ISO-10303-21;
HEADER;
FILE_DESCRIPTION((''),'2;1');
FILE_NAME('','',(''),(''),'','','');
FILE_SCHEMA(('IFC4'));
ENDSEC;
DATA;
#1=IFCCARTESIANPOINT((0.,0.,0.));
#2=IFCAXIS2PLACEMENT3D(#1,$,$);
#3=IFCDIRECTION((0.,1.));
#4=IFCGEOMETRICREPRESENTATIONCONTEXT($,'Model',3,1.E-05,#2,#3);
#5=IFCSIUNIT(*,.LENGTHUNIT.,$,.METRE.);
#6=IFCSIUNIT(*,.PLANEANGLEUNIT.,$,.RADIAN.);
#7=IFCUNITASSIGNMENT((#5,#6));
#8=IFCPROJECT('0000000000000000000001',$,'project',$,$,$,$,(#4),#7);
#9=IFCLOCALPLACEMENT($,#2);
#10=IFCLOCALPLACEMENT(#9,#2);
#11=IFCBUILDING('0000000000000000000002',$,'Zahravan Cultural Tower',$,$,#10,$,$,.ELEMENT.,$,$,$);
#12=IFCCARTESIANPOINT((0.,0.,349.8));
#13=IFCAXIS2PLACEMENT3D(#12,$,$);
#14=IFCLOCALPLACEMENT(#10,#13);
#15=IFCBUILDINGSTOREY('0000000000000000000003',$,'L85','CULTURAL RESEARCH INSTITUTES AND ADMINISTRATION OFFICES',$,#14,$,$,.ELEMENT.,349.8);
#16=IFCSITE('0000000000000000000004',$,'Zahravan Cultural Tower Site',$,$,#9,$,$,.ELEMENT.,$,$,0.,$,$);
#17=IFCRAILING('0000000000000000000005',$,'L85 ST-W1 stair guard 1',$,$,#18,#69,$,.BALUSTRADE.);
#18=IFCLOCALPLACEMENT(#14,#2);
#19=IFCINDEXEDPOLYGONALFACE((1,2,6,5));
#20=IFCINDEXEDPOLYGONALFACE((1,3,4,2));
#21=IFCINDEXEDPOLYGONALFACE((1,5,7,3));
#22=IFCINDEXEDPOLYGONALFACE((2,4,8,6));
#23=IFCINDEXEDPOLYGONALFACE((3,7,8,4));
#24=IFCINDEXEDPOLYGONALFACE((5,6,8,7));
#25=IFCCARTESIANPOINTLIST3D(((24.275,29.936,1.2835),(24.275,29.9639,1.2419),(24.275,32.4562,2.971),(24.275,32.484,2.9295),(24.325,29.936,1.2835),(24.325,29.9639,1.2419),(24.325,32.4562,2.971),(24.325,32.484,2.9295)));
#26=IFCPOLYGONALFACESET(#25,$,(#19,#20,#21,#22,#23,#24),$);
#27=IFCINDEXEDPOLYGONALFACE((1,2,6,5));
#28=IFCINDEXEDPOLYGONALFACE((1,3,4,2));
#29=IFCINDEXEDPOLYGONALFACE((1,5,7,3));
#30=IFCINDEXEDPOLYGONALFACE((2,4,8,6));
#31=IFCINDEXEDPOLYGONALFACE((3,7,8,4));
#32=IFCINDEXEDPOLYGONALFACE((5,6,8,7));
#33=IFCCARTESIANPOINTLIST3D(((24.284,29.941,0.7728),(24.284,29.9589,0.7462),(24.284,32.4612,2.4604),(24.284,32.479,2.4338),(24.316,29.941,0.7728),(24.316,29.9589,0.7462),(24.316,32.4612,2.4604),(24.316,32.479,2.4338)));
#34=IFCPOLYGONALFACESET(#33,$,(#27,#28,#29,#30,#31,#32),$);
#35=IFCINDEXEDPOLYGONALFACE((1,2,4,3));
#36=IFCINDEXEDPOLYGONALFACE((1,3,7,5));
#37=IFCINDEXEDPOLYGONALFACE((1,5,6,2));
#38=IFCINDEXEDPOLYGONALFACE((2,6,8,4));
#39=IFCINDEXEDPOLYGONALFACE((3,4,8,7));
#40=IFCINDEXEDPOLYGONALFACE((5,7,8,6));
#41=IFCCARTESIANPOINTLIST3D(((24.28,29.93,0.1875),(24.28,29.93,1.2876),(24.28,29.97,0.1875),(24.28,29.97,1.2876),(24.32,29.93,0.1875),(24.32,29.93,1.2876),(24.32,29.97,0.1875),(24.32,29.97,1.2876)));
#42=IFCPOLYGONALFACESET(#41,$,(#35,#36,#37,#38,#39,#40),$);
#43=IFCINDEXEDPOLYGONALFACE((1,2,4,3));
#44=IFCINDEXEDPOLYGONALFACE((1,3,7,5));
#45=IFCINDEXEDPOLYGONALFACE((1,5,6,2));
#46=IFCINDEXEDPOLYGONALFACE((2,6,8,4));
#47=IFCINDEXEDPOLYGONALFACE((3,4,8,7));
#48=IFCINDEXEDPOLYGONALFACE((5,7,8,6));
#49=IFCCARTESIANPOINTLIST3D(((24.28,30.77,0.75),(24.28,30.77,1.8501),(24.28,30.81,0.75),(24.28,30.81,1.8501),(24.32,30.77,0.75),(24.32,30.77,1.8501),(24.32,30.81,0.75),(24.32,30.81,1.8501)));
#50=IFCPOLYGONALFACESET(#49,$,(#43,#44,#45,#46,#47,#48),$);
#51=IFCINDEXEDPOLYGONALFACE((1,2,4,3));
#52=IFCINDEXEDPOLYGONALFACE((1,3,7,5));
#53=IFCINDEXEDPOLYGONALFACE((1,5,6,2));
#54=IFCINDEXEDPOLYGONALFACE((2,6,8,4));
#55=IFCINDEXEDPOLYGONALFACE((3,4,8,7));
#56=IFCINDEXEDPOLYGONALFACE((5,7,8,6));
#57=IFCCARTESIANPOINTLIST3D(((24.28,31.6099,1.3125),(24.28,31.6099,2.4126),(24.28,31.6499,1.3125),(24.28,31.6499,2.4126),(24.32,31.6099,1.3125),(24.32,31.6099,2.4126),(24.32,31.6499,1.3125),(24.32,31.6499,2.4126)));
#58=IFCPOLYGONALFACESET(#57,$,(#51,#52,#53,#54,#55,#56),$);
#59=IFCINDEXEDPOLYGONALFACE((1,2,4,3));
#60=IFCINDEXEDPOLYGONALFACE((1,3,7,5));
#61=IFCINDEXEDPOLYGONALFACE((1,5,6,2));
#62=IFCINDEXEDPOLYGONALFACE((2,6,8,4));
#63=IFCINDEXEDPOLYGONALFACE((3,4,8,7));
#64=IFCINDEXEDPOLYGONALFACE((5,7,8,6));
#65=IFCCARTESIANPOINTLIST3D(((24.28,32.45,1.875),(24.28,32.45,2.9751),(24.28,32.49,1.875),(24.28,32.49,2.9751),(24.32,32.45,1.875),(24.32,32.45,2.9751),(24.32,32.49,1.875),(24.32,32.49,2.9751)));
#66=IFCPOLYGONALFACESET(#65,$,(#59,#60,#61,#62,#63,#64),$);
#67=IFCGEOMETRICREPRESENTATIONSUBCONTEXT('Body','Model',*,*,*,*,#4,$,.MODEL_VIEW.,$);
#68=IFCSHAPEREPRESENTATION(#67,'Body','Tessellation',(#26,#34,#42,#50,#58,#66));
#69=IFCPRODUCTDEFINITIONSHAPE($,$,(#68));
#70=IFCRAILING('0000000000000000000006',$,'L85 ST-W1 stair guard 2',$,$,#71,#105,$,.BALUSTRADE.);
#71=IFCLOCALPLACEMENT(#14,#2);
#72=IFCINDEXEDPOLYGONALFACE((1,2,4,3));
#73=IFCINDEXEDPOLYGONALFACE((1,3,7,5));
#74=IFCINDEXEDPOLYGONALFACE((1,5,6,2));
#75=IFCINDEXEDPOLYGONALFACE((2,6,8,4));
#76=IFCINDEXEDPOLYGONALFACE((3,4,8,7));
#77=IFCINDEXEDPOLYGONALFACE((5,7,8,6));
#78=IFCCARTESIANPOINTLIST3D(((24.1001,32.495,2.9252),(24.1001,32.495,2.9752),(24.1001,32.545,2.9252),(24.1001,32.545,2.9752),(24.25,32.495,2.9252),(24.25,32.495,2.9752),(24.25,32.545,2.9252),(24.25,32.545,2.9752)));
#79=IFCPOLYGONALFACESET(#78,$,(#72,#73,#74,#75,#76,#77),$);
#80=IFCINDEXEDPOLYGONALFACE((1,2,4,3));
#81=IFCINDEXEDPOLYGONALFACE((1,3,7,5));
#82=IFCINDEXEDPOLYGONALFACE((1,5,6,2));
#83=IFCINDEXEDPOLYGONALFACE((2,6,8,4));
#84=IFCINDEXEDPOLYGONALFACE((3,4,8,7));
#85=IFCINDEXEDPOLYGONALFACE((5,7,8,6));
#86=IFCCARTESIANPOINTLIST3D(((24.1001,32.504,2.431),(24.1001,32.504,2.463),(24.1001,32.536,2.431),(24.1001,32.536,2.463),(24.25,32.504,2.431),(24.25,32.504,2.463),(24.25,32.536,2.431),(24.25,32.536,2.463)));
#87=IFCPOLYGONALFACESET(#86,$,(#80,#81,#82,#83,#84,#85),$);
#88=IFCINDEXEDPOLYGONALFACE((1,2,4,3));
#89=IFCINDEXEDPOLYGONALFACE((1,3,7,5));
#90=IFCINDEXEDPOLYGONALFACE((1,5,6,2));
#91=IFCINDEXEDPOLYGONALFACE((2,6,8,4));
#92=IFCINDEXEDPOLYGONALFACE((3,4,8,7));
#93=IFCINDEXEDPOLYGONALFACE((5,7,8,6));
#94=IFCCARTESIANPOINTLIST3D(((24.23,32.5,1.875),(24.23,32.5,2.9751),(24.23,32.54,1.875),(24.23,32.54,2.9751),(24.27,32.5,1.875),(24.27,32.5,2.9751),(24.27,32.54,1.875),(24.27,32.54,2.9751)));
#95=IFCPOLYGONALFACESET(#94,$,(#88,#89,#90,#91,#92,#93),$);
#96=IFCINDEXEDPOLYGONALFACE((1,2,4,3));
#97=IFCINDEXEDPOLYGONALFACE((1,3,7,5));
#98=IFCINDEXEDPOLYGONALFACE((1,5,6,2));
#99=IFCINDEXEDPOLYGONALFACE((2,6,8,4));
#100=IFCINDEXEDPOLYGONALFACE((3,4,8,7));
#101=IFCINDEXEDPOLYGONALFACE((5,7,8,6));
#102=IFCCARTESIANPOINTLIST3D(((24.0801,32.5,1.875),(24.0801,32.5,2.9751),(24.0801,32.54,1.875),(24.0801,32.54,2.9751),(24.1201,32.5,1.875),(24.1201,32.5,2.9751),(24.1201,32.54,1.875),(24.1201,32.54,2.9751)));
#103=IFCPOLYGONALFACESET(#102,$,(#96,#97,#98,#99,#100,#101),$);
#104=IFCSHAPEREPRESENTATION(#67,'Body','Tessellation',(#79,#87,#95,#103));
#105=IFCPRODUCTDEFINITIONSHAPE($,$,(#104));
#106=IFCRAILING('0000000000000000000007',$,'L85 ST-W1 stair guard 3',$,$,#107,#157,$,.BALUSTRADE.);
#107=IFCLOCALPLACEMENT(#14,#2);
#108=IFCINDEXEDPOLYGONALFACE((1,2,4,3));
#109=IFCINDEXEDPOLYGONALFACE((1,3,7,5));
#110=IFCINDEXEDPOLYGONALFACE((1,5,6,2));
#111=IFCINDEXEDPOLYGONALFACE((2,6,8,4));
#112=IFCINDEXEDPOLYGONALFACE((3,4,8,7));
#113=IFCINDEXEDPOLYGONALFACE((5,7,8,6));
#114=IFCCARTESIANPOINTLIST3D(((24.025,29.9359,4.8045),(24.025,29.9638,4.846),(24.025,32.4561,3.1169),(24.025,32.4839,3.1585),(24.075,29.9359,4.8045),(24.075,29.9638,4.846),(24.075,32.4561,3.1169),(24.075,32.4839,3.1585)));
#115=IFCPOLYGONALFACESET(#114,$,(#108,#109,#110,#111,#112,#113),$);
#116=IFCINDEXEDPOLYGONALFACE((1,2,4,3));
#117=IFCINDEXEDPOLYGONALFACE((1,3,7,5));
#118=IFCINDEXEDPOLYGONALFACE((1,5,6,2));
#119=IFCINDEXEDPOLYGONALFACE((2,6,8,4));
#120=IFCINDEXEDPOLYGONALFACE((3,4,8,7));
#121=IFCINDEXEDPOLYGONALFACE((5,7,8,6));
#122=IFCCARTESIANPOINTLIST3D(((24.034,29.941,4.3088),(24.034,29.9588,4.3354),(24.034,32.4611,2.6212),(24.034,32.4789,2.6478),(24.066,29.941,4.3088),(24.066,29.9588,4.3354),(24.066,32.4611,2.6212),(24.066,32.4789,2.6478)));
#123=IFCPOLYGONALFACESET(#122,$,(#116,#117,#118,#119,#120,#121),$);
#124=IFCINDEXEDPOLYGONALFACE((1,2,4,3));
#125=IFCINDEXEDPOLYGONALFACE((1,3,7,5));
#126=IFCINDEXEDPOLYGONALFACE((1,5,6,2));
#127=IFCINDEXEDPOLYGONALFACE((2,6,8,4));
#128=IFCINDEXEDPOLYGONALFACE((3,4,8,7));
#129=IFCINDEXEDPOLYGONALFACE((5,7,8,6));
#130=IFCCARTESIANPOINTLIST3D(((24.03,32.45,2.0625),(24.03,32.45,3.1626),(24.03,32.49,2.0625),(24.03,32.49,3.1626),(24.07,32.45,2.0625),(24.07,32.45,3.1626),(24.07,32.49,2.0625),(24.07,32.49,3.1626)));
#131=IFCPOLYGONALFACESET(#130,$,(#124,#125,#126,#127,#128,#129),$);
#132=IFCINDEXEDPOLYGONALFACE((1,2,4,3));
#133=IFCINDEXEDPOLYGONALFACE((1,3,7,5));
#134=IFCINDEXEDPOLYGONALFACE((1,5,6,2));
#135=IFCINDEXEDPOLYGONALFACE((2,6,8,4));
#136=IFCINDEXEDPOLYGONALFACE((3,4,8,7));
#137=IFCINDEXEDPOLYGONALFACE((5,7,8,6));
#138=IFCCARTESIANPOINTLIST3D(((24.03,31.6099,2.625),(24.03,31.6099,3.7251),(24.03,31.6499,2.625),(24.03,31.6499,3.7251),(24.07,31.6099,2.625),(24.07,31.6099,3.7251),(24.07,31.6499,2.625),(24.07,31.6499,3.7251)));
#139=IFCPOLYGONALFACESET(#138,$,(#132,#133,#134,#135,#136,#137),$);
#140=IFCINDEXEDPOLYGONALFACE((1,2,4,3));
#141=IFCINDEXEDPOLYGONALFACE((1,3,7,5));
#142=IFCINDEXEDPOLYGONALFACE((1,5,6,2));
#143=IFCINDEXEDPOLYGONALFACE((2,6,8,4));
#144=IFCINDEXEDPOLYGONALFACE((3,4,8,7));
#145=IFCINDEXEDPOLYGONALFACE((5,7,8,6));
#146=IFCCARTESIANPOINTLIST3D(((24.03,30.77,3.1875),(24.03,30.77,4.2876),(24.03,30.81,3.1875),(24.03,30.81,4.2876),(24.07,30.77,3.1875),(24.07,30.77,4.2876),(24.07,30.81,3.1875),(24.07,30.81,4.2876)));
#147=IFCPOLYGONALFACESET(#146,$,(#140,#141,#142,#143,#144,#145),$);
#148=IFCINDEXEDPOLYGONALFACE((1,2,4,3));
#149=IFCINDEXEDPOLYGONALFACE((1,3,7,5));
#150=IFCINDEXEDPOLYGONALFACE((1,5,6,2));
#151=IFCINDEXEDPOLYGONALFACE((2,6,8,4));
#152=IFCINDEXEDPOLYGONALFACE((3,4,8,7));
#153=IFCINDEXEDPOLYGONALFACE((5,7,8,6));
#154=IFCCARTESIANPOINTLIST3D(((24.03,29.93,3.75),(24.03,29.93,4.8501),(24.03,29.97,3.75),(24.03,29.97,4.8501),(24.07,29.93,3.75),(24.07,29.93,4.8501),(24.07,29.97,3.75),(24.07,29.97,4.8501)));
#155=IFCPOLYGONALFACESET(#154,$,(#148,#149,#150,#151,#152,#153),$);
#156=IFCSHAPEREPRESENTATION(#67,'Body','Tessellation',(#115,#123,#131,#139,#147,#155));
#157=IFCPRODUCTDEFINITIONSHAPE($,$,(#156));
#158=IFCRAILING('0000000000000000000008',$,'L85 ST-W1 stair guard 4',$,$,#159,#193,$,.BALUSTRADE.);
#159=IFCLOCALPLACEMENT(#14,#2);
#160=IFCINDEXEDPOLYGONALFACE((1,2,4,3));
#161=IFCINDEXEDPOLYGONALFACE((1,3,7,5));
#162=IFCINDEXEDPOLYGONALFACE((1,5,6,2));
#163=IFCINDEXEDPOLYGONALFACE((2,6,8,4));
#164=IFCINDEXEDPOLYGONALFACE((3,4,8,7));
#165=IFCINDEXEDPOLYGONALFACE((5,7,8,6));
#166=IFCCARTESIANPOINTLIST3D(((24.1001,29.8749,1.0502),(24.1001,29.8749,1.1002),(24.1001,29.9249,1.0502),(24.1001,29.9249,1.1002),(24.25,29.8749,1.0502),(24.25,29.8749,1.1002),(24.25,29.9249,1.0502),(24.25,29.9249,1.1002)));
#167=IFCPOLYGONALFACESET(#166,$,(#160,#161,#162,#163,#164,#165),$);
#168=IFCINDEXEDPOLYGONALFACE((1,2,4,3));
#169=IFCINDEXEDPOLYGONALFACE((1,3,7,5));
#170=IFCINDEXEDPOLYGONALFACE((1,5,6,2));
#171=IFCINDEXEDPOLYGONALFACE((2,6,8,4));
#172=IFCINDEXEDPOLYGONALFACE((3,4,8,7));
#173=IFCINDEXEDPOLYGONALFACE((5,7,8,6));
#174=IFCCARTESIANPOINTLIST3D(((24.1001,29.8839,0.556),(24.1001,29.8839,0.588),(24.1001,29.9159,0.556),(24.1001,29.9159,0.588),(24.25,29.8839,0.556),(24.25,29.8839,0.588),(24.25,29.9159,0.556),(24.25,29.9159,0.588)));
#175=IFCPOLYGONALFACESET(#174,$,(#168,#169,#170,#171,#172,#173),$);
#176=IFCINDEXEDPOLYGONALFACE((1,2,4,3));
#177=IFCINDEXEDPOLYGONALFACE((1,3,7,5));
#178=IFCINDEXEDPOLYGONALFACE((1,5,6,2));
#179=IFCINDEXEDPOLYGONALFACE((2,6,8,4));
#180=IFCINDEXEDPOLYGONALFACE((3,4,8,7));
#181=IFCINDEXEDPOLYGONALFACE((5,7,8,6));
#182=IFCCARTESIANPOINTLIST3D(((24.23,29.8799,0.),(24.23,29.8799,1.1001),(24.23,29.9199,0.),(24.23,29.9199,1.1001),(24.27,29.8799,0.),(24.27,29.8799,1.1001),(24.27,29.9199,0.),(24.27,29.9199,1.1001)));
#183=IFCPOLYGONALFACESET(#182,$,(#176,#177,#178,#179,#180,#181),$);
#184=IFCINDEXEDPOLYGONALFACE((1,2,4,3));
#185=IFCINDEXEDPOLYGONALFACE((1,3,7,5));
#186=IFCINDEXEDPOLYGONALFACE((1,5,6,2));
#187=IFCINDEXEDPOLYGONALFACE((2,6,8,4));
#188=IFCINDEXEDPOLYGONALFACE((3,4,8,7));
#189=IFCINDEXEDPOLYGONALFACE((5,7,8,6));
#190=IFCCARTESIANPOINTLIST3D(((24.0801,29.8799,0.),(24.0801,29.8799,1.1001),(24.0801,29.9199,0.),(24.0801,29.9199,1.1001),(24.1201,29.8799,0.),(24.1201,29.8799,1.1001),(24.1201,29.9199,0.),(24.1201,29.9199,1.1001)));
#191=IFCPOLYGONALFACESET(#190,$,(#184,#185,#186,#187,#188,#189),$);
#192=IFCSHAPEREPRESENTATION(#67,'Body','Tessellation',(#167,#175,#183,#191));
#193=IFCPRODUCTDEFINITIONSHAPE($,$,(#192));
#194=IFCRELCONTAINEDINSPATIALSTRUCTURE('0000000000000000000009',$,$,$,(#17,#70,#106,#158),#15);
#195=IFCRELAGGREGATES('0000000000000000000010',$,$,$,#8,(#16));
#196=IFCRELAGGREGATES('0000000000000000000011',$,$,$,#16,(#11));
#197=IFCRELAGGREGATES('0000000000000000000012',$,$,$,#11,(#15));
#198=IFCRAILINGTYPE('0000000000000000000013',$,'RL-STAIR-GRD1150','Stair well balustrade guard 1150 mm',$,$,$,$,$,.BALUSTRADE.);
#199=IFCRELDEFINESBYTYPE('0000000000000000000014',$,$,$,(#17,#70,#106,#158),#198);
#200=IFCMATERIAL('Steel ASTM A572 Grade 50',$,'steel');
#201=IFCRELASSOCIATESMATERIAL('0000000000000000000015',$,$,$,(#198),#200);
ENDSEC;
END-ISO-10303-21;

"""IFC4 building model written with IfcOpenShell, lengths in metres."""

from ifc_helpers import new_model, si_unit, direction, frame, origin, origin_2d, place, context, subcontext, project, spatial, rectangle, extrude, material, type_object, element, save


model = new_model("IFC4")

# Units and contexts
model_context = context("Model", 3, precision=1e-05, world=origin(), true_north=direction((0.0, 1.0)))
body_context = subcontext(model_context, "Body", "Model", "MODEL_VIEW")
ifc_project = project(units=[si_unit("LENGTHUNIT", "METRE"), si_unit("PLANEANGLEUNIT", "RADIAN")], contexts=[model_context])

# Site, building, storey
site_placement = place(None, origin())
site = spatial("IfcSite", under=ifc_project, at=site_placement, Name="Zahravan Cultural Tower Site", CompositionType="ELEMENT", RefElevation=0.0)
building_placement = place(site_placement, origin())
building = spatial("IfcBuilding", under=site, at=building_placement, Name="Zahravan Cultural Tower", CompositionType="ELEMENT")
storey_placement = place(building_placement, frame((0.0, 0.0, 349.8)))
storey = spatial("IfcBuildingStorey", under=building, at=storey_placement, Name="L85", Description="CULTURAL RESEARCH INSTITUTES AND ADMINISTRATION OFFICES", CompositionType="ELEMENT", Elevation=349.8)

# Railings
ifc_material_1 = material(Name="Steel ASTM A572 Grade 50", Category="steel")
railing_type_1 = type_object("IfcRailingType", Name="RL-STAIR-GRD1150", Description="Stair well balustrade guard 1150 mm", PredefinedType="BALUSTRADE", material=ifc_material_1)
railing_1_placement = place(storey_placement, frame((24.3, 29.95, 0.1875)))
element("IfcRailing", 1, at=railing_1_placement, inside=storey, type_object=railing_type_1, Name="L85 ST-W1 stair guard 1", PredefinedType="BALUSTRADE", context=body_context, shape_type="SweptSolid", body=[
    extrude(rectangle(XDim=0.05, YDim=0.05, at=origin_2d()), frame((0.0, 0.0, 1.0752), z_axis=(0.0, 0.830909, 0.556408), x_axis=(-1.0, 0.0, 0.0)), (0.0, 0.0, 1.0), 3.033),
    extrude(rectangle(XDim=0.032, YDim=0.032, at=origin_2d()), frame((0.0, 0.0, 0.572), z_axis=(0.0, 0.830909, 0.556408), x_axis=(-1.0, 0.0, 0.0)), (0.0, 0.0, 1.0), 3.033),
    extrude(rectangle(XDim=0.04, YDim=0.04, at=origin_2d()), origin(), (0.0, 0.0, 1.0), 1.1001),
    extrude(rectangle(XDim=0.04, YDim=0.04, at=origin_2d()), frame((0.0, 0.8401, 0.5625)), (0.0, 0.0, 1.0), 1.1001),
    extrude(rectangle(XDim=0.04, YDim=0.04, at=origin_2d()), frame((0.0, 1.6799, 1.125)), (0.0, 0.0, 1.0), 1.1001),
    extrude(rectangle(XDim=0.04, YDim=0.04, at=origin_2d()), frame((0.0, 2.52, 1.6875)), (0.0, 0.0, 1.0), 1.1001),
])
railing_2_placement = place(storey_placement, frame((24.25, 32.52, 1.875)))
element("IfcRailing", 2, at=railing_2_placement, inside=storey, type_object=railing_type_1, Name="L85 ST-W1 stair guard 2", PredefinedType="BALUSTRADE", context=body_context, shape_type="SweptSolid", body=[
    extrude(rectangle(XDim=0.05, YDim=0.05, at=origin_2d()), frame((0.0, 0.0, 1.0752), z_axis=(-1.0, 0.0, 0.0), x_axis=(0.0, -1.0, 0.0)), (0.0, 0.0, 1.0), 0.1499),
    extrude(rectangle(XDim=0.032, YDim=0.032, at=origin_2d()), frame((0.0, 0.0, 0.572), z_axis=(-1.0, 0.0, 0.0), x_axis=(0.0, -1.0, 0.0)), (0.0, 0.0, 1.0), 0.1499),
    extrude(rectangle(XDim=0.04, YDim=0.04, at=origin_2d()), origin(), (0.0, 0.0, 1.0), 1.1001),
    extrude(rectangle(XDim=0.04, YDim=0.04, at=origin_2d()), frame((-0.1499, 0.0, 0.0)), (0.0, 0.0, 1.0), 1.1001),
])
railing_3_placement = place(storey_placement, frame((24.05, 32.47, 2.0625)))
element("IfcRailing", 3, at=railing_3_placement, inside=storey, type_object=railing_type_1, Name="L85 ST-W1 stair guard 3", PredefinedType="BALUSTRADE", context=body_context, shape_type="SweptSolid", body=[
    extrude(rectangle(XDim=0.05, YDim=0.05, at=origin_2d()), frame((0.0, 0.0, 1.0752), z_axis=(0.0, -0.830909, 0.556408), x_axis=(1.0, 0.0, 0.0)), (0.0, 0.0, 1.0), 3.033),
    extrude(rectangle(XDim=0.032, YDim=0.032, at=origin_2d()), frame((0.0, 0.0, 0.572), z_axis=(0.0, -0.830909, 0.556408), x_axis=(1.0, 0.0, 0.0)), (0.0, 0.0, 1.0), 3.033),
    extrude(rectangle(XDim=0.04, YDim=0.04, at=origin_2d()), origin(), (0.0, 0.0, 1.0), 1.1001),
    extrude(rectangle(XDim=0.04, YDim=0.04, at=origin_2d()), frame((0.0, -0.8401, 0.5625)), (0.0, 0.0, 1.0), 1.1001),
    extrude(rectangle(XDim=0.04, YDim=0.04, at=origin_2d()), frame((0.0, -1.6799, 1.125)), (0.0, 0.0, 1.0), 1.1001),
    extrude(rectangle(XDim=0.04, YDim=0.04, at=origin_2d()), frame((0.0, -2.52, 1.6875)), (0.0, 0.0, 1.0), 1.1001),
])
railing_4_placement = place(storey_placement, frame((24.25, 29.8999, 0.0)))
element("IfcRailing", 4, at=railing_4_placement, inside=storey, type_object=railing_type_1, Name="L85 ST-W1 stair guard 4", PredefinedType="BALUSTRADE", context=body_context, shape_type="SweptSolid", body=[
    extrude(rectangle(XDim=0.05, YDim=0.05, at=origin_2d()), frame((0.0, 0.0, 1.0752), z_axis=(-1.0, 0.0, 0.0), x_axis=(0.0, -1.0, 0.0)), (0.0, 0.0, 1.0), 0.1499),
    extrude(rectangle(XDim=0.032, YDim=0.032, at=origin_2d()), frame((0.0, 0.0, 0.572), z_axis=(-1.0, 0.0, 0.0), x_axis=(0.0, -1.0, 0.0)), (0.0, 0.0, 1.0), 0.1499),
    extrude(rectangle(XDim=0.04, YDim=0.04, at=origin_2d()), origin(), (0.0, 0.0, 1.0), 1.1001),
    extrude(rectangle(XDim=0.04, YDim=0.04, at=origin_2d()), frame((-0.1499, 0.0, 0.0)), (0.0, 0.0, 1.0), 1.1001),
])

save(model, "model.ifc")
